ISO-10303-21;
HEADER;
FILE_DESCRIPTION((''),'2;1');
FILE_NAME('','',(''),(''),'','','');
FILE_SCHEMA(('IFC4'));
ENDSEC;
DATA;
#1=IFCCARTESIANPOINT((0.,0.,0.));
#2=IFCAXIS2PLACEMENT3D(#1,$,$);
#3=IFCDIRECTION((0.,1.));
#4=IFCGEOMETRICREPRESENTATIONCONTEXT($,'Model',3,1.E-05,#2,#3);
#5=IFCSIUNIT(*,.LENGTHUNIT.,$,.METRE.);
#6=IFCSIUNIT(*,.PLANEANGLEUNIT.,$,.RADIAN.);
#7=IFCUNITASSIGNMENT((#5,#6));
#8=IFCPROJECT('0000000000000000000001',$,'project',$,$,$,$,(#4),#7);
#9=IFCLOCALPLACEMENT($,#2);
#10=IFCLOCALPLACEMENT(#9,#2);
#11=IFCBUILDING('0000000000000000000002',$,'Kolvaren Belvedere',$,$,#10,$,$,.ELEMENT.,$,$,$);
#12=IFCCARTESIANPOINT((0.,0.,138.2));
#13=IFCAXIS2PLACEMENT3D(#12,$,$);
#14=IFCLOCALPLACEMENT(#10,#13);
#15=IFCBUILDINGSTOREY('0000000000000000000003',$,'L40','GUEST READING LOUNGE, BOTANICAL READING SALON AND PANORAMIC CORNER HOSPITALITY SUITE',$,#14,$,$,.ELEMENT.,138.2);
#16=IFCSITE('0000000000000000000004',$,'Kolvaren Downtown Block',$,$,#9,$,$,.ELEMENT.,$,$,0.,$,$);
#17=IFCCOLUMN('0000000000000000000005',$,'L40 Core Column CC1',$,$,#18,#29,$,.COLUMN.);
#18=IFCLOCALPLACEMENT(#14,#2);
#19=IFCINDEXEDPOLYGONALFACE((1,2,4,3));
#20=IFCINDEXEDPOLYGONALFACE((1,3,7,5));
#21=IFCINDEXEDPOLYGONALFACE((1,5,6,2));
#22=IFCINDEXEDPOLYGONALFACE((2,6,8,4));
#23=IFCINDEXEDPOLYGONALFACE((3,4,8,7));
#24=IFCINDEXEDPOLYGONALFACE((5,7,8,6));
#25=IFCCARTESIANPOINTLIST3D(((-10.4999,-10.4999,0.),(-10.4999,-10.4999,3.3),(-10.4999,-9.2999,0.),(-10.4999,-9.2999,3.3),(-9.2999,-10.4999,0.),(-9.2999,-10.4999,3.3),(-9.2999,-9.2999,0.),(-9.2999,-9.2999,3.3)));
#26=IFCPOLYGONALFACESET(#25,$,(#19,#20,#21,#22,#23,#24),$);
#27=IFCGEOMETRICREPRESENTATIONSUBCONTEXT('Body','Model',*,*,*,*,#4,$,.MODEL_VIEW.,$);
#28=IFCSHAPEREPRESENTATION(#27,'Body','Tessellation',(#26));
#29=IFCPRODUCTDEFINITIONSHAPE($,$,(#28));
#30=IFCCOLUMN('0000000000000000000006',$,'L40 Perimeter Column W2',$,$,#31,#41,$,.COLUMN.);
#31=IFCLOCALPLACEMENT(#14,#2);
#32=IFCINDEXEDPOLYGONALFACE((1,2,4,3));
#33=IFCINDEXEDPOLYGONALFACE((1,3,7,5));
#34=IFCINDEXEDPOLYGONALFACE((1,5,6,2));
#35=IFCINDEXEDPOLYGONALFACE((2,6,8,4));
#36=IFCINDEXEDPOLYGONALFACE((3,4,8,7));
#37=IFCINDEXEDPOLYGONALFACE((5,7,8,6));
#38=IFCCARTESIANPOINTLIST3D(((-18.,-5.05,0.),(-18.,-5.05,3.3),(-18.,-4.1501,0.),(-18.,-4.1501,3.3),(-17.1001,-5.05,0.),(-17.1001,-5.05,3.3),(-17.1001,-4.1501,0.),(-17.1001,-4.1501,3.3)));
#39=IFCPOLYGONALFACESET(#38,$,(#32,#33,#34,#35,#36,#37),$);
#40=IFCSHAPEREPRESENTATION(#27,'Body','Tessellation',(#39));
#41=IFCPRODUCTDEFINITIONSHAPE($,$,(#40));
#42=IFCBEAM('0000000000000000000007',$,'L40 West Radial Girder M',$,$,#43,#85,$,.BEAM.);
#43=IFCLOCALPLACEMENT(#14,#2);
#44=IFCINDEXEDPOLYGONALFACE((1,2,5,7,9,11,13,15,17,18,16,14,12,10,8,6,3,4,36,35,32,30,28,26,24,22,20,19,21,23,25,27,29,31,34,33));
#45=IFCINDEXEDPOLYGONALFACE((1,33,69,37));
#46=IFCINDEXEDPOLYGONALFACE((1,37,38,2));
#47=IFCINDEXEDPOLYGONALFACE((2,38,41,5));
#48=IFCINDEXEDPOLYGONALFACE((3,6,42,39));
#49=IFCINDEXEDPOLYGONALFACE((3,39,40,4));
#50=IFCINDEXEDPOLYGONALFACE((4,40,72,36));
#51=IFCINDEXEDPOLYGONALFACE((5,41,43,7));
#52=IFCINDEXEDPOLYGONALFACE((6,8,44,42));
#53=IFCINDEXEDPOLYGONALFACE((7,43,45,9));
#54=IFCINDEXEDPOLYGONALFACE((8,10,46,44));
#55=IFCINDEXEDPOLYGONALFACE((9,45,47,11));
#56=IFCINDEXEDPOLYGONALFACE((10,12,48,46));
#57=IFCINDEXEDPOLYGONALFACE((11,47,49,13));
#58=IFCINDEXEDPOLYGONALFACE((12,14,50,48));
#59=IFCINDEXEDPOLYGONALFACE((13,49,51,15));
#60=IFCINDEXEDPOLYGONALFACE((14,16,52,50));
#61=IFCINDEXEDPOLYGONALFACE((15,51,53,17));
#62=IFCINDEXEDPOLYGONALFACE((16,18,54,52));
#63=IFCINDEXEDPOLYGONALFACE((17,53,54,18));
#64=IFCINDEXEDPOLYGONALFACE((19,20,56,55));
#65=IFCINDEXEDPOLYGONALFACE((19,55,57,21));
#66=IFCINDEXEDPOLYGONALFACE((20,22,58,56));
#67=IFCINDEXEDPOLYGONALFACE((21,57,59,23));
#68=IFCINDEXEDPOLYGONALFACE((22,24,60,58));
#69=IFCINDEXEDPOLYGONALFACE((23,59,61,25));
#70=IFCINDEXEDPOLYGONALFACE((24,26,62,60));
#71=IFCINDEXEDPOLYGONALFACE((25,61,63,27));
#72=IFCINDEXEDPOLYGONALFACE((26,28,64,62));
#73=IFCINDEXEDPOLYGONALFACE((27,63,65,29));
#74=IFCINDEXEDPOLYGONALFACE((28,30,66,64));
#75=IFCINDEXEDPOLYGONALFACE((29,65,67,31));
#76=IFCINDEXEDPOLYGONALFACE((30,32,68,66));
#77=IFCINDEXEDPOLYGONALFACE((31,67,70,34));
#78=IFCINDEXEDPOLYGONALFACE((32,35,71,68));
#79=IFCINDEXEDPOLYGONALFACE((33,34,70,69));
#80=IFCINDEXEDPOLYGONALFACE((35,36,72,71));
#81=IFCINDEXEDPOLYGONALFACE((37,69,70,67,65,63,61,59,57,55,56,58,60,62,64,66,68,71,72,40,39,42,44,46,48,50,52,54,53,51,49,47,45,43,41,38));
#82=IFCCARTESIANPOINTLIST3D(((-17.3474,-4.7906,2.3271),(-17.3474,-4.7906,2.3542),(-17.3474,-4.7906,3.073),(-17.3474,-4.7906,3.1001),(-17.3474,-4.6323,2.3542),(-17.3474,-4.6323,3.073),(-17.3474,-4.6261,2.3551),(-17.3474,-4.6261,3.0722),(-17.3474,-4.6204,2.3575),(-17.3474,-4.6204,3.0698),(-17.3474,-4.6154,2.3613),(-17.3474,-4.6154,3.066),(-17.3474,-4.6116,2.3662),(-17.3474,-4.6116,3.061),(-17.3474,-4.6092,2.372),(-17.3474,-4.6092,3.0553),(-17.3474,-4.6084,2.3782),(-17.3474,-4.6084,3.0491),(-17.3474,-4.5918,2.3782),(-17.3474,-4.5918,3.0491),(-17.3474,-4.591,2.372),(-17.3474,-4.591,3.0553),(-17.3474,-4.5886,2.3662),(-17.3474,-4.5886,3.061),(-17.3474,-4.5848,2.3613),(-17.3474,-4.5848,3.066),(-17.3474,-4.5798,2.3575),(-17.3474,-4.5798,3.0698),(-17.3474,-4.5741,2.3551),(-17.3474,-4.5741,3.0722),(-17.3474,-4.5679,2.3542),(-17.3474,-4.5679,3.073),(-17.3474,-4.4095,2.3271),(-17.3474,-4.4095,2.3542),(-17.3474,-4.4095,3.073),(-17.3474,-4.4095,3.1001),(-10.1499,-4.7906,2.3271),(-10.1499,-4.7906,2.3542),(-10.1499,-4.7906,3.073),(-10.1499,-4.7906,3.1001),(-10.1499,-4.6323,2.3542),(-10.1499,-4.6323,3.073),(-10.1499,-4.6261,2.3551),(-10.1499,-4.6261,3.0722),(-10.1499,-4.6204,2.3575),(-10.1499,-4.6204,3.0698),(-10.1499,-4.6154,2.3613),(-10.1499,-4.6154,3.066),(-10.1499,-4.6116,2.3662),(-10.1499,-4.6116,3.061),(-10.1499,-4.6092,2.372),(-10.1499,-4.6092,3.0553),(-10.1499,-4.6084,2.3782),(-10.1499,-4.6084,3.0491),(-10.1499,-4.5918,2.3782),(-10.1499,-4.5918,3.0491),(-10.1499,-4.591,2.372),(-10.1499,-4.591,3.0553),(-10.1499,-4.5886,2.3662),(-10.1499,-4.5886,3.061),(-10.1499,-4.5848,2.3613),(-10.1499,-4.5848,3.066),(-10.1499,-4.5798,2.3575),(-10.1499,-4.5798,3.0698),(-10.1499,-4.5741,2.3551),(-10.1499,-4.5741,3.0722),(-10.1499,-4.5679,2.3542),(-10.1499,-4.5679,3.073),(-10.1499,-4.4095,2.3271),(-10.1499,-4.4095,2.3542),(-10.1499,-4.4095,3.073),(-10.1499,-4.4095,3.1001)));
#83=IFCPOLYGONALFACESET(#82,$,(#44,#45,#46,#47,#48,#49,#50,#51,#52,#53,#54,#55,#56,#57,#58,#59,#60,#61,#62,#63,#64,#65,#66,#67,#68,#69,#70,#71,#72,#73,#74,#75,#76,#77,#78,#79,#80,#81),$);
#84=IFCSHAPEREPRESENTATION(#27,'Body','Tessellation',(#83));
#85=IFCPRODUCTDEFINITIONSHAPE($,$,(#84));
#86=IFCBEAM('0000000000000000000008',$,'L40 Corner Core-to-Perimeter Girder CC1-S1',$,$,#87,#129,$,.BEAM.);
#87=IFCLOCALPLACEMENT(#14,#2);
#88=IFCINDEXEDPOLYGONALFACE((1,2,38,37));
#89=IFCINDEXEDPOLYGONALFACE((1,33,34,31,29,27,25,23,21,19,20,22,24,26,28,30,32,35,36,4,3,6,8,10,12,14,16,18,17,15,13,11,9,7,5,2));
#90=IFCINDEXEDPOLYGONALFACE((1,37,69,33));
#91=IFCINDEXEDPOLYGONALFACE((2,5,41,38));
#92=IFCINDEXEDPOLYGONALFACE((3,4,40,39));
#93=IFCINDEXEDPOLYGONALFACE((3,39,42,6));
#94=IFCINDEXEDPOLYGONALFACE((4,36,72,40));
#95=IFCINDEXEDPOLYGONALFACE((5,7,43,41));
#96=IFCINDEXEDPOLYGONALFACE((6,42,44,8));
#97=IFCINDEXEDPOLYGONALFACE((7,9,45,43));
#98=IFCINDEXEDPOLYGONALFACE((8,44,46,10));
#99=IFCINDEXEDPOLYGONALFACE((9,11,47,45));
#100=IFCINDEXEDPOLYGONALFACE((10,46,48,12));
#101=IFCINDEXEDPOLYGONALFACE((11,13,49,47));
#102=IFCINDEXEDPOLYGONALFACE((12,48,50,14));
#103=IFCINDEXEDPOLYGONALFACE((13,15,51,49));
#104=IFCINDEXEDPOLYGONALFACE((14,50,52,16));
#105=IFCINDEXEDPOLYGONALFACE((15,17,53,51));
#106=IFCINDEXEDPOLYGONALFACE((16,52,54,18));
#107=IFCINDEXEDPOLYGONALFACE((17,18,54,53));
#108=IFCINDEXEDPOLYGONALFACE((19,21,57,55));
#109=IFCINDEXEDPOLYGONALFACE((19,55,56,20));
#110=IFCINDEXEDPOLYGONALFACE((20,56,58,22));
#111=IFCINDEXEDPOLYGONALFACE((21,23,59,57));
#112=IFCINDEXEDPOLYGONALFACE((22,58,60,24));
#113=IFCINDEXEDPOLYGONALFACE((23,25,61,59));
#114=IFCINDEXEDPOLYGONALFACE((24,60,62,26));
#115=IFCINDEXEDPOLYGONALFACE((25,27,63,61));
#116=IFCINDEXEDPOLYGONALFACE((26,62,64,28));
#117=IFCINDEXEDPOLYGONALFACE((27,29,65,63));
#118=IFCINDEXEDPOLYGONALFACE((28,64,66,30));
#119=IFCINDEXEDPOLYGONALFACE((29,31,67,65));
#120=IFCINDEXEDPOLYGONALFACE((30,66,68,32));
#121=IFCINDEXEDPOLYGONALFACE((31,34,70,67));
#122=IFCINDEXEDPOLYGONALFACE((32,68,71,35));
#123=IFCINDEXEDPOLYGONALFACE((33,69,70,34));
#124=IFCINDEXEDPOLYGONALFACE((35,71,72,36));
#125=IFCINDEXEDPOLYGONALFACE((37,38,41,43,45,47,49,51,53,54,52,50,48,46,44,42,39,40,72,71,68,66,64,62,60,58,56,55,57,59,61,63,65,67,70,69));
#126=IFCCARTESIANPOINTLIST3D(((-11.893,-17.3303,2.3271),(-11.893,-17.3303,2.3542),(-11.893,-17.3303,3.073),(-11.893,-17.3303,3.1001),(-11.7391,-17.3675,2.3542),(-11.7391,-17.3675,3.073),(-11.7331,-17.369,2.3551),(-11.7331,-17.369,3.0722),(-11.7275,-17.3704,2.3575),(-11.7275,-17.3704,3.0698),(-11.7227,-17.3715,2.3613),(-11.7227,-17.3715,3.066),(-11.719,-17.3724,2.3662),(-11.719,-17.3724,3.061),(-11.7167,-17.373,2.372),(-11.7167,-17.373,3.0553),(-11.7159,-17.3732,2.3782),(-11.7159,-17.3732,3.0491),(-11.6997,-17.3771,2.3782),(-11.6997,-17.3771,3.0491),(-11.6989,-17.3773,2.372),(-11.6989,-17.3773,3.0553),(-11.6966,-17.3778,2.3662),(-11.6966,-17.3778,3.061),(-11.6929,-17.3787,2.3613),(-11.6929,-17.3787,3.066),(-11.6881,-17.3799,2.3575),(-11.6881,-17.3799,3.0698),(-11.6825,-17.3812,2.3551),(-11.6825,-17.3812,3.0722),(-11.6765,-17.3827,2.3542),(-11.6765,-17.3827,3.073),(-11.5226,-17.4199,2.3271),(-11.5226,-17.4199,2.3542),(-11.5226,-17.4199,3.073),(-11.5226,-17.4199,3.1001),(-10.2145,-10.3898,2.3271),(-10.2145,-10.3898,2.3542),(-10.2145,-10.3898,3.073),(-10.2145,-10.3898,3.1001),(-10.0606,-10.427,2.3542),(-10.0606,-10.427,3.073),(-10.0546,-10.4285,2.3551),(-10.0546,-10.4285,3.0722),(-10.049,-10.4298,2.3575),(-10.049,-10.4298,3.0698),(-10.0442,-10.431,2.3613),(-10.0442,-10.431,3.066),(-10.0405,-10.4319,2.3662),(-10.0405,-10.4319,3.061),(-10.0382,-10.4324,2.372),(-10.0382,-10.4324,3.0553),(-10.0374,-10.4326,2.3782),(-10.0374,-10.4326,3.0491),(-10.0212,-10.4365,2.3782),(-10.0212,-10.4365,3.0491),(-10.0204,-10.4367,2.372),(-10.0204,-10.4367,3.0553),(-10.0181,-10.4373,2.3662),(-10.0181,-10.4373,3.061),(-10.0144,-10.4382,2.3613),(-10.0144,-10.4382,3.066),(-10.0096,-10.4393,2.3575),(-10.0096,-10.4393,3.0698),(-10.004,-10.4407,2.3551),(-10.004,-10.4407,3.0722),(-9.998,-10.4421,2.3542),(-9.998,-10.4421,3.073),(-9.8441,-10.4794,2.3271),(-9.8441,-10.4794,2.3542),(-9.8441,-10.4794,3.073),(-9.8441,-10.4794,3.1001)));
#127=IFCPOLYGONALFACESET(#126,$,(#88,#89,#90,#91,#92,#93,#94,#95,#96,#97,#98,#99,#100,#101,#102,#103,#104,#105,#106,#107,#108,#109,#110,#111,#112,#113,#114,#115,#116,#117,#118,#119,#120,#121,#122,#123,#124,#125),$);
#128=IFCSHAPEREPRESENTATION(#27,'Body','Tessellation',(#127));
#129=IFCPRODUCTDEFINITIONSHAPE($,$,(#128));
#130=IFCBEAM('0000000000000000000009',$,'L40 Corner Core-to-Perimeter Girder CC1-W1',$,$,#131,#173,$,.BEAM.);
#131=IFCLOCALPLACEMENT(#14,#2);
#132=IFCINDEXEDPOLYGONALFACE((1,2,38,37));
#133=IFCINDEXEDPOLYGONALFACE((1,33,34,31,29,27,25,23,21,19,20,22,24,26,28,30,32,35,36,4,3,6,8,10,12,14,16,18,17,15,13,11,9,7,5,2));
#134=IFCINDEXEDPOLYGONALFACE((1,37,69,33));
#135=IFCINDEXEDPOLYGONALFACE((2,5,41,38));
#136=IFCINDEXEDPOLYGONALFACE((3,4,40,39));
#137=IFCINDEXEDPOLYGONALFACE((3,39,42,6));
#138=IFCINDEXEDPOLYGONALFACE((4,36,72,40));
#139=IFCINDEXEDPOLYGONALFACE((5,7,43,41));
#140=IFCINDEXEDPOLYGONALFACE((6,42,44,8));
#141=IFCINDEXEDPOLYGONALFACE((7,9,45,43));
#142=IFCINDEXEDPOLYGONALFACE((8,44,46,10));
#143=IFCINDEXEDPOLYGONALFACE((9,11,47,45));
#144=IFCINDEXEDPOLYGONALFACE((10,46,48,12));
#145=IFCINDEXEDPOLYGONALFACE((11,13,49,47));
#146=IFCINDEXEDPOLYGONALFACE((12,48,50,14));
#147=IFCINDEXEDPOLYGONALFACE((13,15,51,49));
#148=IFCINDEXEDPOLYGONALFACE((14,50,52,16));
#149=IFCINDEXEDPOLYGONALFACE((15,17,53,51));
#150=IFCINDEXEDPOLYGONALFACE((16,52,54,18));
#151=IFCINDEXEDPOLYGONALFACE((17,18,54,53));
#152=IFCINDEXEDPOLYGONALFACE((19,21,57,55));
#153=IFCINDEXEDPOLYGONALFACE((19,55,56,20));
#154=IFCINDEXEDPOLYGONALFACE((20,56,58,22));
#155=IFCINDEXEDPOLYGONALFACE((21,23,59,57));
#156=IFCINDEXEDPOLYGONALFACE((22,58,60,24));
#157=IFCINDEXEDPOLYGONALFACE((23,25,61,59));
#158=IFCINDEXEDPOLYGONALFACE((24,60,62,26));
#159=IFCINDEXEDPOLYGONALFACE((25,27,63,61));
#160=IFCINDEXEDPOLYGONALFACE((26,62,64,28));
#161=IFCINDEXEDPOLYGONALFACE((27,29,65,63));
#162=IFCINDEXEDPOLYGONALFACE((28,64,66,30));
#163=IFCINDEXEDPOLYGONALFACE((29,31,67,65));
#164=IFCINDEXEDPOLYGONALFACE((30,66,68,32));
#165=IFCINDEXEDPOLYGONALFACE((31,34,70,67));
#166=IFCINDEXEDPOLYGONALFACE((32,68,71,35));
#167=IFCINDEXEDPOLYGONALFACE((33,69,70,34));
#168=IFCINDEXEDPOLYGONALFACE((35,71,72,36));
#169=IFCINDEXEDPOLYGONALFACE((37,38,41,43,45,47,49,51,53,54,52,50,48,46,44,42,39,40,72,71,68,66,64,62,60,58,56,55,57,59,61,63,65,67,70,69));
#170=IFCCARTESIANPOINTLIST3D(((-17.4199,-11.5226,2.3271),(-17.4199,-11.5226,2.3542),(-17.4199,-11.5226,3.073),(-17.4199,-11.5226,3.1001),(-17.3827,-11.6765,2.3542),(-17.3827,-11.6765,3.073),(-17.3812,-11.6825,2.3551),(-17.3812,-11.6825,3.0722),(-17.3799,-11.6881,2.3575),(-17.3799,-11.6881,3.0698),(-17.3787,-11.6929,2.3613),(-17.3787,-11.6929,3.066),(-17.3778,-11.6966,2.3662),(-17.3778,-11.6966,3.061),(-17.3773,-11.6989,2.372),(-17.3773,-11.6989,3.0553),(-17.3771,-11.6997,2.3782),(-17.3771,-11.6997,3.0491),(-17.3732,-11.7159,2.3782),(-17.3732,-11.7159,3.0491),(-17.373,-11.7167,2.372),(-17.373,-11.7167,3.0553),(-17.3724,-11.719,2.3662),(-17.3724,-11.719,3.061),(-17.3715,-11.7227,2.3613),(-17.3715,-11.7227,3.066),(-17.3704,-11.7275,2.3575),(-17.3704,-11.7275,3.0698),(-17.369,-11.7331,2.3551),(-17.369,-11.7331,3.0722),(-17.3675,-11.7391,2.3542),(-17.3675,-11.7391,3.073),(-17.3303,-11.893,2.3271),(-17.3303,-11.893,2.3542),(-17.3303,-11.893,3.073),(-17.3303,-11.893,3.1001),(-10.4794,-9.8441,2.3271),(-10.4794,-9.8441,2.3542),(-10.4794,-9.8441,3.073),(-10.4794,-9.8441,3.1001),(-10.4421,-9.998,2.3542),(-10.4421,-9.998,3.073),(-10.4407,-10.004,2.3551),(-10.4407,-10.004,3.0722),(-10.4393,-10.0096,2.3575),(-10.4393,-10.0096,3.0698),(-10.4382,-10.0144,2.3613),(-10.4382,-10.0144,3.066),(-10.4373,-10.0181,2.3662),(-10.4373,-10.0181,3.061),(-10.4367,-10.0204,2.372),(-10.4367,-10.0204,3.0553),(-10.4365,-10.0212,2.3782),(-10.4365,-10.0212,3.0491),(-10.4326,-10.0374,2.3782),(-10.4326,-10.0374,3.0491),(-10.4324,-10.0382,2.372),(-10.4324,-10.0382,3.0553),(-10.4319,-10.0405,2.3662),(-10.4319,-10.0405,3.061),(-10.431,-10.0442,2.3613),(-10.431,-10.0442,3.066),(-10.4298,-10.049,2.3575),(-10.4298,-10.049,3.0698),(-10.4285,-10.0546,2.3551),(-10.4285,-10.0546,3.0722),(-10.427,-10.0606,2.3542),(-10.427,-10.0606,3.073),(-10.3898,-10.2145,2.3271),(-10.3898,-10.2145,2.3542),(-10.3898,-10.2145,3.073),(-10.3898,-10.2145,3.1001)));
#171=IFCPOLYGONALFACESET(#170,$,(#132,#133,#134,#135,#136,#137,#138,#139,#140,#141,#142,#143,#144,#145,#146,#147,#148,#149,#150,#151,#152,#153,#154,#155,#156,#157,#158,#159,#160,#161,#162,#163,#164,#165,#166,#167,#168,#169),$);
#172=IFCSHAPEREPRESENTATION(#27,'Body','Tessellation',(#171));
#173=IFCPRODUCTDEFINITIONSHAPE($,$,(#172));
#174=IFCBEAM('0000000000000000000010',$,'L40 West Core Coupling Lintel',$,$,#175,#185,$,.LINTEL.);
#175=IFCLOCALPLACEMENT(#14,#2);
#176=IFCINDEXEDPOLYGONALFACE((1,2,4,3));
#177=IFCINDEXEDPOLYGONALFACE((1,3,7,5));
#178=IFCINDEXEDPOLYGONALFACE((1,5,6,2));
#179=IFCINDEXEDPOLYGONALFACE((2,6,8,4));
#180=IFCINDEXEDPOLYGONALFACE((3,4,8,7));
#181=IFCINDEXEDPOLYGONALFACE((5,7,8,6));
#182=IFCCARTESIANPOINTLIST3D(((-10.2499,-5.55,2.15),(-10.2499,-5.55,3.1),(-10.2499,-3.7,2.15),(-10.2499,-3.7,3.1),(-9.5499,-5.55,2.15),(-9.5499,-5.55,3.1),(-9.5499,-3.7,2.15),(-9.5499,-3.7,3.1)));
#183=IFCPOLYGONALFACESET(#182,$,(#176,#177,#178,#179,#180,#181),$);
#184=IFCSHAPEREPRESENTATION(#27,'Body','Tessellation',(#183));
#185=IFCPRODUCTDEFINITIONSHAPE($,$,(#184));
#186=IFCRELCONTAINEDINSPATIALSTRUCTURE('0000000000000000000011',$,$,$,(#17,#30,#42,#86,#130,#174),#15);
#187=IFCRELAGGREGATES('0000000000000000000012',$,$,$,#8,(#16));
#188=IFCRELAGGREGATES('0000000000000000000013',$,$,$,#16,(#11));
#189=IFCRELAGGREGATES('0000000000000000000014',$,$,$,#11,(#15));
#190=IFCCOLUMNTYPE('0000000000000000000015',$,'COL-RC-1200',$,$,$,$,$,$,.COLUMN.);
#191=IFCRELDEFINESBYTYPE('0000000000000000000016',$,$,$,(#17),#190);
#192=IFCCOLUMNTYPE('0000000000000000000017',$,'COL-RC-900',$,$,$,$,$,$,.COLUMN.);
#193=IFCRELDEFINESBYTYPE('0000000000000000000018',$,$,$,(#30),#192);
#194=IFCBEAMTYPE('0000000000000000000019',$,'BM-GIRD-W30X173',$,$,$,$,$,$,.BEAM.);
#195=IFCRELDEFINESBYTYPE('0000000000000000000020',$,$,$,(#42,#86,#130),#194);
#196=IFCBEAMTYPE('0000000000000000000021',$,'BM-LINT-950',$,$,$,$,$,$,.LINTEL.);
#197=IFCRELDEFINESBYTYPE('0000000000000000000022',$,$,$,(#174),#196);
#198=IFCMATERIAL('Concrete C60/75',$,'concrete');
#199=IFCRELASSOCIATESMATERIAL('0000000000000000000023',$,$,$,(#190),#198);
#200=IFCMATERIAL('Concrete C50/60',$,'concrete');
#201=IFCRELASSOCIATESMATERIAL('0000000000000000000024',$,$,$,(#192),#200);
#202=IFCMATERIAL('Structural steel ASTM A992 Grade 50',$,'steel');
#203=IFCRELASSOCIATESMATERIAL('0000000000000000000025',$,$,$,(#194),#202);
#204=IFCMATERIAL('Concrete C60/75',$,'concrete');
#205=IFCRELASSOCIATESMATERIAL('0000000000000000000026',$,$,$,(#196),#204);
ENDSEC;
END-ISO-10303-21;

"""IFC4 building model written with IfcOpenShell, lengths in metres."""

from ifc_helpers import new_model, si_unit, direction, frame, origin, origin_2d, place, context, subcontext, project, spatial, rectangle, i_section, extrude, material, material_profile, profile_set, type_object, element, save


model = new_model("IFC4")

# Units and contexts
model_context = context("Model", 3, precision=1e-05, world=origin(), true_north=direction((0.0, 1.0)))
body_context = subcontext(model_context, "Body", "Model", "MODEL_VIEW")
ifc_project = project(units=[si_unit("LENGTHUNIT", "METRE"), si_unit("PLANEANGLEUNIT", "RADIAN")], contexts=[model_context])

# Site, building, storey
site_placement = place(None, origin())
site = spatial("IfcSite", under=ifc_project, at=site_placement, Name="Kolvaren Downtown Block", CompositionType="ELEMENT", RefElevation=0.0)
building_placement = place(site_placement, origin())
building = spatial("IfcBuilding", under=site, at=building_placement, Name="Kolvaren Belvedere", CompositionType="ELEMENT")
storey_placement = place(building_placement, frame((0.0, 0.0, 138.2)))
storey = spatial("IfcBuildingStorey", under=building, at=storey_placement, Name="L40", Description="GUEST READING LOUNGE, BOTANICAL READING SALON AND PANORAMIC CORNER HOSPITALITY SUITE", CompositionType="ELEMENT", Elevation=138.2)

# Columns
ifc_material_1 = material(Name="Concrete C60/75", Category="concrete")
ifc_material_profile_1 = material_profile(ifc_material_1, rectangle(XDim=1.2, YDim=1.2, at=origin_2d()), Name="RC 1200X1200")
ifc_profile_set_1 = profile_set([ifc_material_profile_1], Name="Concrete C60/75")
column_type_1 = type_object("IfcColumnType", Name="COL-RC-1200", PredefinedType="COLUMN", material=ifc_profile_set_1)
column_1_placement = place(storey_placement, frame((-9.8999, -9.8999, 0.0), z_axis=(0.0, 0.0, 1.0), x_axis=(1.0, 0.0, 0.0)))
element("IfcColumn", 1, at=column_1_placement, inside=storey, type_object=column_type_1, Name="L40 Core Column CC1", PredefinedType="COLUMN", context=body_context, shape_type="SweptSolid", body=[
    extrude(rectangle(XDim=1.2, YDim=1.2, at=origin_2d()), origin(), (0.0, 0.0, 1.0), 3.3),
])
ifc_material_2 = material(Name="Concrete C50/60", Category="concrete")
ifc_material_profile_2 = material_profile(ifc_material_2, rectangle(XDim=0.8999, YDim=0.8999, at=origin_2d()), Name="RC 900X900")
ifc_profile_set_2 = profile_set([ifc_material_profile_2], Name="Concrete C50/60")
column_type_2 = type_object("IfcColumnType", Name="COL-RC-900", PredefinedType="COLUMN", material=ifc_profile_set_2)
column_2_placement = place(storey_placement, frame((-17.55, -4.6001, 0.0), z_axis=(0.0, 0.0, 1.0), x_axis=(1.0, 0.0, 0.0)))
element("IfcColumn", 2, at=column_2_placement, inside=storey, type_object=column_type_2, Name="L40 Perimeter Column W2", PredefinedType="COLUMN", context=body_context, shape_type="SweptSolid", body=[
    extrude(rectangle(XDim=0.8999, YDim=0.8999, at=origin_2d()), origin(), (0.0, 0.0, 1.0), 3.3),
])

# Beams
ifc_material_3 = material(Name="Structural steel ASTM A992 Grade 50", Category="steel")
ifc_material_profile_3 = material_profile(ifc_material_3, i_section(OverallWidth=0.3811, OverallDepth=0.7729, WebThickness=0.0166, FlangeThickness=0.0271, FilletRadius=0.0239, at=origin_2d()), Name="W30X173")
ifc_profile_set_3 = profile_set([ifc_material_profile_3], Name="Structural steel ASTM A992 Grade 50")
beam_type_1 = type_object("IfcBeamType", Name="BM-GIRD-W30X173", PredefinedType="BEAM", material=ifc_profile_set_3)
beam_1_placement = place(storey_placement, frame((-10.1499, -4.6001, 2.7136), z_axis=(-1.0, 0.0, 0.0), x_axis=(0.0, -1.0, 0.0)))
element("IfcBeam", 3, at=beam_1_placement, inside=storey, type_object=beam_type_1, Name="L40 West Radial Girder M", PredefinedType="BEAM", context=body_context, shape_type="SweptSolid", body=[
    extrude(i_section(OverallWidth=0.3811, OverallDepth=0.7729, WebThickness=0.0166, FlangeThickness=0.0271, FilletRadius=0.0239, at=origin_2d()), origin(), (0.0, 0.0, 1.0), 7.1975),
])
for number, where, z_axis, x_axis, name in (
    (4, (-10.0293, -10.4346, 2.7136), (-0.235063, -0.97198, 0.0), (0.97198, -0.235063, 0.0), "L40 Corner Core-to-Perimeter Girder CC1-S1"),
    (5, (-10.4346, -10.0293, 2.7136), (-0.97198, -0.235063, 0.0), (0.235063, -0.97198, 0.0), "L40 Corner Core-to-Perimeter Girder CC1-W1"),
):
    element("IfcBeam", number, at=place(storey_placement, frame(where, z_axis=z_axis, x_axis=x_axis)), inside=storey, type_object=beam_type_1, Name=name, PredefinedType="BEAM", context=body_context, shape_type="SweptSolid", body=[
        extrude(i_section(OverallWidth=0.3811, OverallDepth=0.7729, WebThickness=0.0166, FlangeThickness=0.0271, FilletRadius=0.0239, at=origin_2d()), origin(), (0.0, 0.0, 1.0), 7.1406),
    ])
ifc_material_4 = material(Name="Concrete C60/75", Category="concrete")
ifc_material_profile_4 = material_profile(ifc_material_4, rectangle(XDim=0.7, YDim=0.95, at=origin_2d()), Name="RC 700X950")
ifc_profile_set_4 = profile_set([ifc_material_profile_4], Name="Concrete C60/75")
beam_type_2 = type_object("IfcBeamType", Name="BM-LINT-950", PredefinedType="LINTEL", material=ifc_profile_set_4)
beam_2_placement = place(storey_placement, frame((-9.8999, -5.55, 2.625), z_axis=(0.0, 1.0, 0.0), x_axis=(-1.0, 0.0, 0.0)))
element("IfcBeam", 6, at=beam_2_placement, inside=storey, type_object=beam_type_2, Name="L40 West Core Coupling Lintel", PredefinedType="LINTEL", context=body_context, shape_type="SweptSolid", body=[
    extrude(rectangle(XDim=0.7, YDim=0.95, at=origin_2d()), origin(), (0.0, 0.0, 1.0), 1.8501),
])

save(model, "model.ifc")
